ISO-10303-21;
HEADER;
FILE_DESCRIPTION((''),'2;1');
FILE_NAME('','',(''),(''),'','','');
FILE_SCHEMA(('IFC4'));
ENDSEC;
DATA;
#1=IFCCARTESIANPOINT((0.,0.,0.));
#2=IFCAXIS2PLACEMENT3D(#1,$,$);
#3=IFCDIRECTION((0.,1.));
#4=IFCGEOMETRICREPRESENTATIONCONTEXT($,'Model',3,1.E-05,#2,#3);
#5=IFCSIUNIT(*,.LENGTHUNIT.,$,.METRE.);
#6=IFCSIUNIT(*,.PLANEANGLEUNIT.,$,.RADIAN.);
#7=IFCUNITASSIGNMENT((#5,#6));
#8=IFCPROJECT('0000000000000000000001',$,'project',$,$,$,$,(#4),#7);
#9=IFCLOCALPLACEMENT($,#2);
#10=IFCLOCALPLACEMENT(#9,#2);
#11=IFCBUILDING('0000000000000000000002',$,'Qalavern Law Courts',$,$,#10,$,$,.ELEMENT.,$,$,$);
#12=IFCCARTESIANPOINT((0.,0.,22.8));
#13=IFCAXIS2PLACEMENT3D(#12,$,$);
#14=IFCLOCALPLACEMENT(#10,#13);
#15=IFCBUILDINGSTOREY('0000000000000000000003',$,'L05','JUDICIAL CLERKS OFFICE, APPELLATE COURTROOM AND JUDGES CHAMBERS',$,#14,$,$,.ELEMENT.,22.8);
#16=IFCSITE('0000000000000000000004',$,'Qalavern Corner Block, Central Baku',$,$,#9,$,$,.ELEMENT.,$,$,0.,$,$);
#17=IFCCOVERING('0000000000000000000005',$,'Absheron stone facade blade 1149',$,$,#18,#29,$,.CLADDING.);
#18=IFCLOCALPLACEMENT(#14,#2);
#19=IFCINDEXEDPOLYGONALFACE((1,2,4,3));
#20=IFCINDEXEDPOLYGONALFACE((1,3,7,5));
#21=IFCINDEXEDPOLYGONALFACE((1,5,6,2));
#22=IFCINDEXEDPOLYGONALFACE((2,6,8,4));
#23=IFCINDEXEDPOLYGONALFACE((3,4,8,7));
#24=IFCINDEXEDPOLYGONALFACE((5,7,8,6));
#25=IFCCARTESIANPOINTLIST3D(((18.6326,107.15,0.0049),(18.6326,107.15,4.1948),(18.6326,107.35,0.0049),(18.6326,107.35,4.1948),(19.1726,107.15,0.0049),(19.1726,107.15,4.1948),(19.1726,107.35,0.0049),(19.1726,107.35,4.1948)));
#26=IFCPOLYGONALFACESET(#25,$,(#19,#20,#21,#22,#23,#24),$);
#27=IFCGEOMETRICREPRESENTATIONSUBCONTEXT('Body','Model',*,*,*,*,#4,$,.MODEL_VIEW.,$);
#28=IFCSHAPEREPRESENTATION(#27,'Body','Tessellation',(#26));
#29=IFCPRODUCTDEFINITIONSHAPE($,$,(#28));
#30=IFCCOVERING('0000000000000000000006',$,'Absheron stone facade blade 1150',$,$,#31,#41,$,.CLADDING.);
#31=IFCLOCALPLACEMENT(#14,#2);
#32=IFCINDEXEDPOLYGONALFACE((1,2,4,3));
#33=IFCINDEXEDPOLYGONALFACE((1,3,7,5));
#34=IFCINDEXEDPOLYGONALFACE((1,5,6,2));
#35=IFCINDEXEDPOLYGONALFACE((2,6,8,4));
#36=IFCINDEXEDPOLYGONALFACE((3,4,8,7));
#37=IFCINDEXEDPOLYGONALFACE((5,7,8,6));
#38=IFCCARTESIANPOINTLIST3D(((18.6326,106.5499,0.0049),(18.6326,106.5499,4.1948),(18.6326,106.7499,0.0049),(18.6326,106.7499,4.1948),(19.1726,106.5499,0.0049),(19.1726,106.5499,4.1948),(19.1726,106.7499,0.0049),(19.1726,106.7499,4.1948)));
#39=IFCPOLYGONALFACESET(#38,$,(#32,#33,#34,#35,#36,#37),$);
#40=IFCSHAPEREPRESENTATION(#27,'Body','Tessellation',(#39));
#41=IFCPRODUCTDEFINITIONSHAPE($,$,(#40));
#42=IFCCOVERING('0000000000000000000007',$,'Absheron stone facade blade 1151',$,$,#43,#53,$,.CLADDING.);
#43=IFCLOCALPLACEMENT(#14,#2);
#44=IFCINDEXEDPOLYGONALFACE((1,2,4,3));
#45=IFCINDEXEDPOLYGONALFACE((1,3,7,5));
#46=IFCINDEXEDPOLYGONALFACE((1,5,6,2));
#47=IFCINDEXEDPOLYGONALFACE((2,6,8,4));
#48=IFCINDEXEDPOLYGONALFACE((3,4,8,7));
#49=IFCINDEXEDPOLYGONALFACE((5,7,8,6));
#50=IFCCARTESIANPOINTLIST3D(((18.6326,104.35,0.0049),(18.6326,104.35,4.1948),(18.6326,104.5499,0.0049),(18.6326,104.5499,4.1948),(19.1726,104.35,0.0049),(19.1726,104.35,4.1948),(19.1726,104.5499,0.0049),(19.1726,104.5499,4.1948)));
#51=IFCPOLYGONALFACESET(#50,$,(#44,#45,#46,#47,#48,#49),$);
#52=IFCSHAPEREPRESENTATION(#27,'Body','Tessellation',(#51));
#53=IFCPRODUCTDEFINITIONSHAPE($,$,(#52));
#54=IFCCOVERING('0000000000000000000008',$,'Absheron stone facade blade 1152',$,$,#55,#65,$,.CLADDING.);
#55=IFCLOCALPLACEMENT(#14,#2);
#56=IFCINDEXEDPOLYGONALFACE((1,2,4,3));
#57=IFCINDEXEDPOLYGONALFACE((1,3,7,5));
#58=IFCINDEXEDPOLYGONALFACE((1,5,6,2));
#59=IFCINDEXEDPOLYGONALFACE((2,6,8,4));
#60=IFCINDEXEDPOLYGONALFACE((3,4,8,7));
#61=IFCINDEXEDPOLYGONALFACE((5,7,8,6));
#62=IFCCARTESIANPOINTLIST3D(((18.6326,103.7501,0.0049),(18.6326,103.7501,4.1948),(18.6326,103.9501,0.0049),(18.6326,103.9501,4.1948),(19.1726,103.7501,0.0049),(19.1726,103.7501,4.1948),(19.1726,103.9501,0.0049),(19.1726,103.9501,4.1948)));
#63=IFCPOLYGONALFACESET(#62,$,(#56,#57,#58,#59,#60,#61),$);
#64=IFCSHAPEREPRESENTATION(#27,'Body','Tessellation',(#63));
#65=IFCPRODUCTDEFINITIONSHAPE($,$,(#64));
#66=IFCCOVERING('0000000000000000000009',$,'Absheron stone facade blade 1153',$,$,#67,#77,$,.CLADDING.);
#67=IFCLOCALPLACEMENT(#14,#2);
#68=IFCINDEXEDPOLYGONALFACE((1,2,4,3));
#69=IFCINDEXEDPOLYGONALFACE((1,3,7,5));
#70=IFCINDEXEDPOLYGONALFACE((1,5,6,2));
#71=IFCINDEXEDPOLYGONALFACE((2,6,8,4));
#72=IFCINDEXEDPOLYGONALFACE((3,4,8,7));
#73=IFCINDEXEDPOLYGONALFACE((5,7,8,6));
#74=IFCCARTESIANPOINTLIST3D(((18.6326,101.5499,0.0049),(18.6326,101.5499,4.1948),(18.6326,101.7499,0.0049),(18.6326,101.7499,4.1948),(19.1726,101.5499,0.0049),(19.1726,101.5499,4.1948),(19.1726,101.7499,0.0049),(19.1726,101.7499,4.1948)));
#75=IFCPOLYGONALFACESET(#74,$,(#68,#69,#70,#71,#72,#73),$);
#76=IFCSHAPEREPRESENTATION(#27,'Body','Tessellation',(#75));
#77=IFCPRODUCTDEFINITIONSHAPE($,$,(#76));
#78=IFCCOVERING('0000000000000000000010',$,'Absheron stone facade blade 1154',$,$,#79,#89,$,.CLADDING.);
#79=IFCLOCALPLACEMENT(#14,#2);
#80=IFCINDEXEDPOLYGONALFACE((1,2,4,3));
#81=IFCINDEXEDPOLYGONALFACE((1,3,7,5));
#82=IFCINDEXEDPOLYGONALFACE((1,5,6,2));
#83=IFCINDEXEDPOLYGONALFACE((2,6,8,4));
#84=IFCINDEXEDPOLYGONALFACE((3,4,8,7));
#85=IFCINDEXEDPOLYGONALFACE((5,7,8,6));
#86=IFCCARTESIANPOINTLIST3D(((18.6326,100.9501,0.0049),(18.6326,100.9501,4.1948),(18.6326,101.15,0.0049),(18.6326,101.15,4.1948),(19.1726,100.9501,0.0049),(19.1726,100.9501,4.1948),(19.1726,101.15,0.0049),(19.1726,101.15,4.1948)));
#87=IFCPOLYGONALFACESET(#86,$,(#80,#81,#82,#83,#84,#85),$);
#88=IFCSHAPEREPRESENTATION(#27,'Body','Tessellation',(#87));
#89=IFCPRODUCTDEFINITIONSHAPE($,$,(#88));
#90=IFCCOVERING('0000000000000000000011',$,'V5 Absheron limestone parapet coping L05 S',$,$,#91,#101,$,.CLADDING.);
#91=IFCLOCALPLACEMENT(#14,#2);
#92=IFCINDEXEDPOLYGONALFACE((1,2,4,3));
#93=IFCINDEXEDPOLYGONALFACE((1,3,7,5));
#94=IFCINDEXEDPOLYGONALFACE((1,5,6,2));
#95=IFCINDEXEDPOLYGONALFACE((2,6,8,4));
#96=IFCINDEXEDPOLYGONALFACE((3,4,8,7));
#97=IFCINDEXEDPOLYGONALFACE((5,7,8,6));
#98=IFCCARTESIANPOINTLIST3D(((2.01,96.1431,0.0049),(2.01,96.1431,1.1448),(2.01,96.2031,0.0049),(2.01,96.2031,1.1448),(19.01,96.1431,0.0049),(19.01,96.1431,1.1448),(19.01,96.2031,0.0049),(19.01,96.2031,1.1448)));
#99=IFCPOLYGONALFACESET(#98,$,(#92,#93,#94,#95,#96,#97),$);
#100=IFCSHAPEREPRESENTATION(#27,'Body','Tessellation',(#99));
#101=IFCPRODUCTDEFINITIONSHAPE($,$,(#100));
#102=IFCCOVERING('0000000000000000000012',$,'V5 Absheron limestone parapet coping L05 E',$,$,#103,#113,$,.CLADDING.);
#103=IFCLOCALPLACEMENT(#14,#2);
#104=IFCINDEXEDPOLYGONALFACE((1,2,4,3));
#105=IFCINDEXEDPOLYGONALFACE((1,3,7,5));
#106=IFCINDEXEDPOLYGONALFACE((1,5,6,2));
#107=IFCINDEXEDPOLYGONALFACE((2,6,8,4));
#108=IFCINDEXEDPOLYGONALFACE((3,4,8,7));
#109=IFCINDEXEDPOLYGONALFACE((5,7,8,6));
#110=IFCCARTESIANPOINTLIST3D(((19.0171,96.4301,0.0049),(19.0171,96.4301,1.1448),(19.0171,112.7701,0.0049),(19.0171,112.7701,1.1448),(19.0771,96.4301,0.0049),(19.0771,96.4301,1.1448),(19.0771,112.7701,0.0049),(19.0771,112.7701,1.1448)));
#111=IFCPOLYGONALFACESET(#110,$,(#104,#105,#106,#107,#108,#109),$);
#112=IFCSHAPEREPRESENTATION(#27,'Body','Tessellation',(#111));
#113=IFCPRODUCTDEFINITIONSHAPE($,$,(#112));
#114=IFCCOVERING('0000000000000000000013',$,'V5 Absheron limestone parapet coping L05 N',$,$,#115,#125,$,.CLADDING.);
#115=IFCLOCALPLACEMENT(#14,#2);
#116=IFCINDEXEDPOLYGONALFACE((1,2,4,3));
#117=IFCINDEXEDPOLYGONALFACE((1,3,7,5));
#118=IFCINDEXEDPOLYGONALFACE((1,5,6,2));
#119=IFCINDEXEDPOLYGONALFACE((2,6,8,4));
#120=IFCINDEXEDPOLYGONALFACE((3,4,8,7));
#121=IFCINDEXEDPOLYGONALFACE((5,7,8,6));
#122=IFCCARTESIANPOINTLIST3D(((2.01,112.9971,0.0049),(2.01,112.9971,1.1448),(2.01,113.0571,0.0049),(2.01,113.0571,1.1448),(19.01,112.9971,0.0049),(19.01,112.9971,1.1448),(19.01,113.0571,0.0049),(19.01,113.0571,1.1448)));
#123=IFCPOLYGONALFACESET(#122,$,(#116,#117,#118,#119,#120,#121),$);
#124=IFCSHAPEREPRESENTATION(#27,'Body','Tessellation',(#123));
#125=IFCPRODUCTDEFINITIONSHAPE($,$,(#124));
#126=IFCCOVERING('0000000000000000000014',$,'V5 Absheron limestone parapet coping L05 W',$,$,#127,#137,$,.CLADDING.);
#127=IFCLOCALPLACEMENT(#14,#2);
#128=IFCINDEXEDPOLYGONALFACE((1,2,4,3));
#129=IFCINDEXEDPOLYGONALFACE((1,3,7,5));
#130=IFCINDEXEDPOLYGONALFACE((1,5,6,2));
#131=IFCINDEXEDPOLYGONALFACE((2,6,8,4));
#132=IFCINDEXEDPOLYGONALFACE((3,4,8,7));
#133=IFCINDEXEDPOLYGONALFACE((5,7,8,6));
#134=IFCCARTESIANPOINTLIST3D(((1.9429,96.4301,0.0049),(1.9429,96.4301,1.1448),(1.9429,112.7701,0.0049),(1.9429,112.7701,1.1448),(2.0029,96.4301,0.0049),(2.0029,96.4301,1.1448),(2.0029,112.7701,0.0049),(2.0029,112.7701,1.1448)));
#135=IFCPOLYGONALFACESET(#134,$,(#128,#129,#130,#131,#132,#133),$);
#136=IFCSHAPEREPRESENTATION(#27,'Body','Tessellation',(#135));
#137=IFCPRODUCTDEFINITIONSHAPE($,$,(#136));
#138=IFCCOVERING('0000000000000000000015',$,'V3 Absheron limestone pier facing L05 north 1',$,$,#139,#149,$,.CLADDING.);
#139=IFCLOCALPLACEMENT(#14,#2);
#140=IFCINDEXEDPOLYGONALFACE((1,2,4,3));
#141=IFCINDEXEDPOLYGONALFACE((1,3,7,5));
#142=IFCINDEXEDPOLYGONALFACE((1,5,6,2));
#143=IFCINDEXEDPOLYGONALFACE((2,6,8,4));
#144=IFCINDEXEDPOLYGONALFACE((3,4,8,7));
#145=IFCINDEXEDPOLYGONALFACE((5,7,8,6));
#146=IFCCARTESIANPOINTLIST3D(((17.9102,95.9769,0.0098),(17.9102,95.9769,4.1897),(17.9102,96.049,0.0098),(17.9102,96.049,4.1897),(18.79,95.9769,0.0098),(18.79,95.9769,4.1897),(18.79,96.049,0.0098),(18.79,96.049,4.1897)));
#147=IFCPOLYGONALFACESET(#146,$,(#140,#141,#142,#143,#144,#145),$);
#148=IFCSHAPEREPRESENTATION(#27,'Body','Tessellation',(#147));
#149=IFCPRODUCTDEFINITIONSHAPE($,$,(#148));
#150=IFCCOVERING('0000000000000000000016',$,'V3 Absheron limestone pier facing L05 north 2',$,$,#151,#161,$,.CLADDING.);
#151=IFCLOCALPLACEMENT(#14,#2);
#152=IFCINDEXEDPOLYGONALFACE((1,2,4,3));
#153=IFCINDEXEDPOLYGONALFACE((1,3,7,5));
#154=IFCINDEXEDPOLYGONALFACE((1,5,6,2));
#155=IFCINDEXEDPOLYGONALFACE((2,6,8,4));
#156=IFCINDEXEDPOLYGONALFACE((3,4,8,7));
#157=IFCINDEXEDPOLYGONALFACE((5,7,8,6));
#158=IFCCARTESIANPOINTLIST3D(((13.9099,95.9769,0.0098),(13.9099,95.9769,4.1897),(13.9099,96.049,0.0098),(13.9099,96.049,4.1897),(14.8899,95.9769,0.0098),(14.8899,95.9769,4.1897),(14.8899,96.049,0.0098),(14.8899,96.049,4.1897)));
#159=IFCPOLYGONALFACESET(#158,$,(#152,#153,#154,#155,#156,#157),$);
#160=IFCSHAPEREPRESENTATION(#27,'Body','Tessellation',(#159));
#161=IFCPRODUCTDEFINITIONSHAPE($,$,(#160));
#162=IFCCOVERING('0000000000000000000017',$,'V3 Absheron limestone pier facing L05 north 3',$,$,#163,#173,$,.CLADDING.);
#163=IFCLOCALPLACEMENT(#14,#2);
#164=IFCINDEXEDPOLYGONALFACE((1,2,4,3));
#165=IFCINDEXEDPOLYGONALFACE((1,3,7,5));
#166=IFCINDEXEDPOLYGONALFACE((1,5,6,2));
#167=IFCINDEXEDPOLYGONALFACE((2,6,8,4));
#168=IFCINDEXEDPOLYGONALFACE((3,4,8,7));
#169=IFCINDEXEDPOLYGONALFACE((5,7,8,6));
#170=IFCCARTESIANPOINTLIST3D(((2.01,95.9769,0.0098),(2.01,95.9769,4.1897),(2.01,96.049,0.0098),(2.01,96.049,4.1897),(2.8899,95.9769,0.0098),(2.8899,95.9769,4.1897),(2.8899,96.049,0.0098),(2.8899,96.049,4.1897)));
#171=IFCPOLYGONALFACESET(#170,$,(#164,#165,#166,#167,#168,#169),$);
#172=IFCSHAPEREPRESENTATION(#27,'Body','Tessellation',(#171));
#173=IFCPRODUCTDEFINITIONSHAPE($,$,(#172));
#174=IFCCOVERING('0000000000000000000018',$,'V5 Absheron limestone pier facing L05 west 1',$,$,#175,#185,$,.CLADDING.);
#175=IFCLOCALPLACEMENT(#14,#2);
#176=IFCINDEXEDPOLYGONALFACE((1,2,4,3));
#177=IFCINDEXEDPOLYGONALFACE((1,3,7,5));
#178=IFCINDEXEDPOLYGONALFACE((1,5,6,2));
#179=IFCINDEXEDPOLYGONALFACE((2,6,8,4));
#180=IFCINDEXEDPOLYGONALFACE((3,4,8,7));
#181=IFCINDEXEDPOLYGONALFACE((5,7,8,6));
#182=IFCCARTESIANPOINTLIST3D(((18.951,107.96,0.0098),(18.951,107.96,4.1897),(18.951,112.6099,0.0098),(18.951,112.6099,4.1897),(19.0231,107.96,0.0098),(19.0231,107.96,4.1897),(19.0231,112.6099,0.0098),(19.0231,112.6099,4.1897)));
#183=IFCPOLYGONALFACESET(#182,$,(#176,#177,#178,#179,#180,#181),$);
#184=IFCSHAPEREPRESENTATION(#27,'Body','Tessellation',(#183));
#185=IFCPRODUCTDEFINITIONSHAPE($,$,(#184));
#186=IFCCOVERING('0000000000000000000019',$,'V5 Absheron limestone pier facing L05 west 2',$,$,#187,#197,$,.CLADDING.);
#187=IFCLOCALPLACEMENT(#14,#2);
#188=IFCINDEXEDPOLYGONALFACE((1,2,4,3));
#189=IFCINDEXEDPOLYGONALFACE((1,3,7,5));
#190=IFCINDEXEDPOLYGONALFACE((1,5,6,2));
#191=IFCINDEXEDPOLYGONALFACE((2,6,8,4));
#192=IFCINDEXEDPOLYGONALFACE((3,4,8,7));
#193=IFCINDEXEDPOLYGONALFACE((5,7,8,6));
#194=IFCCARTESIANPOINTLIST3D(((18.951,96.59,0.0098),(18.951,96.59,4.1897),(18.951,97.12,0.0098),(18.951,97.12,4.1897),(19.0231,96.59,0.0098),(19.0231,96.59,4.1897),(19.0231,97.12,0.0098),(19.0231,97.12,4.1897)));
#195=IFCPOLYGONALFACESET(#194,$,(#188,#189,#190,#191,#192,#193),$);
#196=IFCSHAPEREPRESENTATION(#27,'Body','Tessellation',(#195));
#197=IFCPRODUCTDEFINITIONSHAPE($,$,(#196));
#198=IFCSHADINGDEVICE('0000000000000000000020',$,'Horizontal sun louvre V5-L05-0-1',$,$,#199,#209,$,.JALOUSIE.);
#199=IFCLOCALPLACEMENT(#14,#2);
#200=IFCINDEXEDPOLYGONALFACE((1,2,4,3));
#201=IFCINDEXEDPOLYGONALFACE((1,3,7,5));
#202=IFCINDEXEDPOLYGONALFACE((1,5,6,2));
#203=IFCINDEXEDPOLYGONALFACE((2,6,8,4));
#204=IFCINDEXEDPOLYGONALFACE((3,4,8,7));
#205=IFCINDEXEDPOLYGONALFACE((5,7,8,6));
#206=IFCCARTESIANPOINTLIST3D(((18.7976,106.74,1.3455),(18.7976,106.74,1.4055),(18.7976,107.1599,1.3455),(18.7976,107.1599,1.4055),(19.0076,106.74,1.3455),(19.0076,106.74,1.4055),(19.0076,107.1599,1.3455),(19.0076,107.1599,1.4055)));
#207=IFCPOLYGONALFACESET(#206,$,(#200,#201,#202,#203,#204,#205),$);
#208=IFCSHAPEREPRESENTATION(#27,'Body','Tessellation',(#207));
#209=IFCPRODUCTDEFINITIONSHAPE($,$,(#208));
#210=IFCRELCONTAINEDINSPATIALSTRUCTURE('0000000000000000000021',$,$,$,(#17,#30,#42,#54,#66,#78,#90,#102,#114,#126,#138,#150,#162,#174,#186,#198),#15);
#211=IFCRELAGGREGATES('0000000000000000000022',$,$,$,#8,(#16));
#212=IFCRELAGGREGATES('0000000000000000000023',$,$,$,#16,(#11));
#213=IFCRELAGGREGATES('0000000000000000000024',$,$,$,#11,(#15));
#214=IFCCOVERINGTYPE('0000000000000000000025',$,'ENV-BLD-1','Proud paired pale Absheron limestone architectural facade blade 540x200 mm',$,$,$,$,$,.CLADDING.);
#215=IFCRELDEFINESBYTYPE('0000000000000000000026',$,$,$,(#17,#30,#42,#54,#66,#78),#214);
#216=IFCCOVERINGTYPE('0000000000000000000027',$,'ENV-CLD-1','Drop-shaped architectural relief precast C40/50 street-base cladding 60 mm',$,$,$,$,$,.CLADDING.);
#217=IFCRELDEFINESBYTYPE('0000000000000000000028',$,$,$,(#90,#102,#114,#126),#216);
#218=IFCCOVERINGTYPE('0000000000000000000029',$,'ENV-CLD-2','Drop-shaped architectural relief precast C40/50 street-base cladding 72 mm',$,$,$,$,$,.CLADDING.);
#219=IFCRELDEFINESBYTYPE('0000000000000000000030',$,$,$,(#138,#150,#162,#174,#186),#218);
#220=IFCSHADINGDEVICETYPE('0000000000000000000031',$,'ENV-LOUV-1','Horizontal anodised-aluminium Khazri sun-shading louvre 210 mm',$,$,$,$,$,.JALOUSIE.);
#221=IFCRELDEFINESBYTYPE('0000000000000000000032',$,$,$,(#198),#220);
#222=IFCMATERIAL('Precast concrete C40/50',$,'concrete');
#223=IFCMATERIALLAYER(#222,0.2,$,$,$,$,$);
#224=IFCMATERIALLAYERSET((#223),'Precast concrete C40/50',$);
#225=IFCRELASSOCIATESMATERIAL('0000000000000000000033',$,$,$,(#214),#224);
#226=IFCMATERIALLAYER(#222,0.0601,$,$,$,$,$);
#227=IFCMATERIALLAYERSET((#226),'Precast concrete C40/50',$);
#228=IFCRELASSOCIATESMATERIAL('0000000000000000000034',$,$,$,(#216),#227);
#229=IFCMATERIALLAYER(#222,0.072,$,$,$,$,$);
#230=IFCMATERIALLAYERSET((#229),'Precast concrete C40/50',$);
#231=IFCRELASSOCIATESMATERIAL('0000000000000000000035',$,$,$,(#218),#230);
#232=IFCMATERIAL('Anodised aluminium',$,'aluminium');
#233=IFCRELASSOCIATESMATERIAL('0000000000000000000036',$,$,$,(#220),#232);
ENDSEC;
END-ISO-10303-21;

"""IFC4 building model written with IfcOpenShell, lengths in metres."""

from ifc_helpers import new_model, si_unit, direction, frame, origin, origin_2d, place, context, subcontext, project, spatial, rectangle, extrude, material, layer, layer_set, type_object, element, save


model = new_model("IFC4")

# Units and contexts
model_context = context("Model", 3, precision=1e-05, world=origin(), true_north=direction((0.0, 1.0)))
body_context = subcontext(model_context, "Body", "Model", "MODEL_VIEW")
ifc_project = project(units=[si_unit("LENGTHUNIT", "METRE"), si_unit("PLANEANGLEUNIT", "RADIAN")], contexts=[model_context])

# Site, building, storey
site_placement = place(None, origin())
site = spatial("IfcSite", under=ifc_project, at=site_placement, Name="Qalavern Corner Block, Central Baku", CompositionType="ELEMENT", RefElevation=0.0)
building_placement = place(site_placement, origin())
building = spatial("IfcBuilding", under=site, at=building_placement, Name="Qalavern Law Courts", CompositionType="ELEMENT")
storey_placement = place(building_placement, frame((0.0, 0.0, 22.8)))
storey = spatial("IfcBuildingStorey", under=building, at=storey_placement, Name="L05", Description="JUDICIAL CLERKS OFFICE, APPELLATE COURTROOM AND JUDGES CHAMBERS", CompositionType="ELEMENT", Elevation=22.8)

# Shared definitions
ifc_material_1 = material(Name="Anodised aluminium", Category="aluminium")

# Coverings
ifc_material_2 = material(Name="Precast concrete C40/50", Category="concrete")
ifc_layer_1 = layer(ifc_material_2, 0.2)
ifc_layer_set_1 = layer_set([ifc_layer_1], Name="Precast concrete C40/50")
covering_type_1 = type_object("IfcCoveringType", Name="ENV-BLD-1", Description="Proud paired pale Absheron limestone architectural facade blade 540x200 mm", PredefinedType="CLADDING", material=ifc_layer_set_1)
for number, where, z_axis, x_axis, name in (
    (1, (18.9026, 107.25, 0.0049), (0.0, 0.0, 1.0), (-1.0, 0.0, 0.0), "Absheron stone facade blade 1149"),
    (2, (18.9026, 106.6499, 0.0049), (0.0, 0.0, 1.0), (-1.0, 0.0, 0.0), "Absheron stone facade blade 1150"),
    (3, (18.9026, 104.45, 0.0049), (0.0, 0.0, 1.0), (-1.0, 0.0, 0.0), "Absheron stone facade blade 1151"),
    (4, (18.9026, 103.8501, 0.0049), (0.0, 0.0, 1.0), (-1.0, 0.0, 0.0), "Absheron stone facade blade 1152"),
    (5, (18.9026, 101.6499, 0.0049), (0.0, 0.0, 1.0), (-1.0, 0.0, 0.0), "Absheron stone facade blade 1153"),
    (6, (18.9026, 101.05, 0.0049), (0.0, 0.0, 1.0), (-1.0, 0.0, 0.0), "Absheron stone facade blade 1154"),
):
    element("IfcCovering", number, at=place(storey_placement, frame(where, z_axis=z_axis, x_axis=x_axis)), inside=storey, type_object=covering_type_1, Name=name, PredefinedType="CLADDING", context=body_context, shape_type="SweptSolid", body=[
        extrude(rectangle(XDim=0.54, YDim=0.2, at=origin_2d()), origin(), (0.0, 0.0, 1.0), 4.1899),
    ])
ifc_layer_2 = layer(ifc_material_2, 0.0601)
ifc_layer_set_2 = layer_set([ifc_layer_2], Name="Precast concrete C40/50")
covering_type_2 = type_object("IfcCoveringType", Name="ENV-CLD-1", Description="Drop-shaped architectural relief precast C40/50 street-base cladding 60 mm", PredefinedType="CLADDING", material=ifc_layer_set_2)
covering_1_placement = place(storey_placement, frame((10.51, 96.1731, 0.0049), z_axis=(0.0, 0.0, 1.0), x_axis=(1.0, 0.0, 0.0)))
element("IfcCovering", 7, at=covering_1_placement, inside=storey, type_object=covering_type_2, Name="V5 Absheron limestone parapet coping L05 S", PredefinedType="CLADDING", context=body_context, shape_type="SweptSolid", body=[
    extrude(rectangle(XDim=17.0, YDim=0.0601, at=origin_2d()), origin(), (0.0, 0.0, 1.0), 1.1399),
])
covering_2_placement = place(storey_placement, frame((19.0471, 104.6001, 0.0049), z_axis=(0.0, 0.0, 1.0), x_axis=(0.0, 1.0, 0.0)))
element("IfcCovering", 8, at=covering_2_placement, inside=storey, type_object=covering_type_2, Name="V5 Absheron limestone parapet coping L05 E", PredefinedType="CLADDING", context=body_context, shape_type="SweptSolid", body=[
    extrude(rectangle(XDim=16.3401, YDim=0.0601, at=origin_2d()), origin(), (0.0, 0.0, 1.0), 1.1399),
])
covering_3_placement = place(storey_placement, frame((10.51, 113.0271, 0.0049), z_axis=(0.0, 0.0, 1.0), x_axis=(-1.0, 0.0, 0.0)))
element("IfcCovering", 9, at=covering_3_placement, inside=storey, type_object=covering_type_2, Name="V5 Absheron limestone parapet coping L05 N", PredefinedType="CLADDING", context=body_context, shape_type="SweptSolid", body=[
    extrude(rectangle(XDim=17.0, YDim=0.0601, at=origin_2d()), origin(), (0.0, 0.0, 1.0), 1.1399),
])
covering_4_placement = place(storey_placement, frame((1.9729, 104.6001, 0.0049), z_axis=(0.0, 0.0, 1.0), x_axis=(0.0, -1.0, 0.0)))
element("IfcCovering", 10, at=covering_4_placement, inside=storey, type_object=covering_type_2, Name="V5 Absheron limestone parapet coping L05 W", PredefinedType="CLADDING", context=body_context, shape_type="SweptSolid", body=[
    extrude(rectangle(XDim=16.3401, YDim=0.0601, at=origin_2d()), origin(), (0.0, 0.0, 1.0), 1.1399),
])
ifc_layer_3 = layer(ifc_material_2, 0.072)
ifc_layer_set_3 = layer_set([ifc_layer_3], Name="Precast concrete C40/50")
covering_type_3 = type_object("IfcCoveringType", Name="ENV-CLD-2", Description="Drop-shaped architectural relief precast C40/50 street-base cladding 72 mm", PredefinedType="CLADDING", material=ifc_layer_set_3)
covering_5_placement = place(storey_placement, frame((18.3501, 96.0129, 0.0098), z_axis=(0.0, 0.0, 1.0), x_axis=(-1.0, 0.0, 0.0)))
element("IfcCovering", 11, at=covering_5_placement, inside=storey, type_object=covering_type_3, Name="V3 Absheron limestone pier facing L05 north 1", PredefinedType="CLADDING", context=body_context, shape_type="SweptSolid", body=[
    extrude(rectangle(XDim=0.8799, YDim=0.072, at=origin_2d()), origin(), (0.0, 0.0, 1.0), 4.1799),
])
covering_6_placement = place(storey_placement, frame((14.3999, 96.0129, 0.0098), z_axis=(0.0, 0.0, 1.0), x_axis=(-1.0, 0.0, 0.0)))
element("IfcCovering", 12, at=covering_6_placement, inside=storey, type_object=covering_type_3, Name="V3 Absheron limestone pier facing L05 north 2", PredefinedType="CLADDING", context=body_context, shape_type="SweptSolid", body=[
    extrude(rectangle(XDim=0.98, YDim=0.072, at=origin_2d()), origin(), (0.0, 0.0, 1.0), 4.1799),
])
covering_7_placement = place(storey_placement, frame((2.45, 96.0129, 0.0098), z_axis=(0.0, 0.0, 1.0), x_axis=(-1.0, 0.0, 0.0)))
element("IfcCovering", 13, at=covering_7_placement, inside=storey, type_object=covering_type_3, Name="V3 Absheron limestone pier facing L05 north 3", PredefinedType="CLADDING", context=body_context, shape_type="SweptSolid", body=[
    extrude(rectangle(XDim=0.8799, YDim=0.072, at=origin_2d()), origin(), (0.0, 0.0, 1.0), 4.1799),
])
covering_8_placement = place(storey_placement, frame((18.9871, 110.2849, 0.0098), z_axis=(0.0, 0.0, 1.0), x_axis=(0.0, -1.0, 0.0)))
element("IfcCovering", 14, at=covering_8_placement, inside=storey, type_object=covering_type_3, Name="V5 Absheron limestone pier facing L05 west 1", PredefinedType="CLADDING", context=body_context, shape_type="SweptSolid", body=[
    extrude(rectangle(XDim=4.6499, YDim=0.072, at=origin_2d()), origin(), (0.0, 0.0, 1.0), 4.1799),
])
covering_9_placement = place(storey_placement, frame((18.9871, 96.855, 0.0098), z_axis=(0.0, 0.0, 1.0), x_axis=(0.0, -1.0, 0.0)))
element("IfcCovering", 15, at=covering_9_placement, inside=storey, type_object=covering_type_3, Name="V5 Absheron limestone pier facing L05 west 2", PredefinedType="CLADDING", context=body_context, shape_type="SweptSolid", body=[
    extrude(rectangle(XDim=0.53, YDim=0.072, at=origin_2d()), origin(), (0.0, 0.0, 1.0), 4.1799),
])

# Shading device
shading_device_type = type_object("IfcShadingDeviceType", Name="ENV-LOUV-1", Description="Horizontal anodised-aluminium Khazri sun-shading louvre 210 mm", PredefinedType="JALOUSIE", material=ifc_material_1)
for number, where, z_axis, x_axis, name in (
    (16, (18.9026, 106.95, 1.3455), (0.0, 0.0, 1.0), (0.0, -1.0, 0.0), "Horizontal sun louvre V5-L05-0-1"),
):
    element("IfcShadingDevice", number, at=place(storey_placement, frame(where, z_axis=z_axis, x_axis=x_axis)), inside=storey, type_object=shading_device_type, Name=name, PredefinedType="JALOUSIE", context=body_context, shape_type="SweptSolid", body=[
        extrude(rectangle(XDim=0.4199, YDim=0.21, at=origin_2d()), origin(), (0.0, 0.0, 1.0), 0.0601),
    ])

save(model, "model.ifc")
